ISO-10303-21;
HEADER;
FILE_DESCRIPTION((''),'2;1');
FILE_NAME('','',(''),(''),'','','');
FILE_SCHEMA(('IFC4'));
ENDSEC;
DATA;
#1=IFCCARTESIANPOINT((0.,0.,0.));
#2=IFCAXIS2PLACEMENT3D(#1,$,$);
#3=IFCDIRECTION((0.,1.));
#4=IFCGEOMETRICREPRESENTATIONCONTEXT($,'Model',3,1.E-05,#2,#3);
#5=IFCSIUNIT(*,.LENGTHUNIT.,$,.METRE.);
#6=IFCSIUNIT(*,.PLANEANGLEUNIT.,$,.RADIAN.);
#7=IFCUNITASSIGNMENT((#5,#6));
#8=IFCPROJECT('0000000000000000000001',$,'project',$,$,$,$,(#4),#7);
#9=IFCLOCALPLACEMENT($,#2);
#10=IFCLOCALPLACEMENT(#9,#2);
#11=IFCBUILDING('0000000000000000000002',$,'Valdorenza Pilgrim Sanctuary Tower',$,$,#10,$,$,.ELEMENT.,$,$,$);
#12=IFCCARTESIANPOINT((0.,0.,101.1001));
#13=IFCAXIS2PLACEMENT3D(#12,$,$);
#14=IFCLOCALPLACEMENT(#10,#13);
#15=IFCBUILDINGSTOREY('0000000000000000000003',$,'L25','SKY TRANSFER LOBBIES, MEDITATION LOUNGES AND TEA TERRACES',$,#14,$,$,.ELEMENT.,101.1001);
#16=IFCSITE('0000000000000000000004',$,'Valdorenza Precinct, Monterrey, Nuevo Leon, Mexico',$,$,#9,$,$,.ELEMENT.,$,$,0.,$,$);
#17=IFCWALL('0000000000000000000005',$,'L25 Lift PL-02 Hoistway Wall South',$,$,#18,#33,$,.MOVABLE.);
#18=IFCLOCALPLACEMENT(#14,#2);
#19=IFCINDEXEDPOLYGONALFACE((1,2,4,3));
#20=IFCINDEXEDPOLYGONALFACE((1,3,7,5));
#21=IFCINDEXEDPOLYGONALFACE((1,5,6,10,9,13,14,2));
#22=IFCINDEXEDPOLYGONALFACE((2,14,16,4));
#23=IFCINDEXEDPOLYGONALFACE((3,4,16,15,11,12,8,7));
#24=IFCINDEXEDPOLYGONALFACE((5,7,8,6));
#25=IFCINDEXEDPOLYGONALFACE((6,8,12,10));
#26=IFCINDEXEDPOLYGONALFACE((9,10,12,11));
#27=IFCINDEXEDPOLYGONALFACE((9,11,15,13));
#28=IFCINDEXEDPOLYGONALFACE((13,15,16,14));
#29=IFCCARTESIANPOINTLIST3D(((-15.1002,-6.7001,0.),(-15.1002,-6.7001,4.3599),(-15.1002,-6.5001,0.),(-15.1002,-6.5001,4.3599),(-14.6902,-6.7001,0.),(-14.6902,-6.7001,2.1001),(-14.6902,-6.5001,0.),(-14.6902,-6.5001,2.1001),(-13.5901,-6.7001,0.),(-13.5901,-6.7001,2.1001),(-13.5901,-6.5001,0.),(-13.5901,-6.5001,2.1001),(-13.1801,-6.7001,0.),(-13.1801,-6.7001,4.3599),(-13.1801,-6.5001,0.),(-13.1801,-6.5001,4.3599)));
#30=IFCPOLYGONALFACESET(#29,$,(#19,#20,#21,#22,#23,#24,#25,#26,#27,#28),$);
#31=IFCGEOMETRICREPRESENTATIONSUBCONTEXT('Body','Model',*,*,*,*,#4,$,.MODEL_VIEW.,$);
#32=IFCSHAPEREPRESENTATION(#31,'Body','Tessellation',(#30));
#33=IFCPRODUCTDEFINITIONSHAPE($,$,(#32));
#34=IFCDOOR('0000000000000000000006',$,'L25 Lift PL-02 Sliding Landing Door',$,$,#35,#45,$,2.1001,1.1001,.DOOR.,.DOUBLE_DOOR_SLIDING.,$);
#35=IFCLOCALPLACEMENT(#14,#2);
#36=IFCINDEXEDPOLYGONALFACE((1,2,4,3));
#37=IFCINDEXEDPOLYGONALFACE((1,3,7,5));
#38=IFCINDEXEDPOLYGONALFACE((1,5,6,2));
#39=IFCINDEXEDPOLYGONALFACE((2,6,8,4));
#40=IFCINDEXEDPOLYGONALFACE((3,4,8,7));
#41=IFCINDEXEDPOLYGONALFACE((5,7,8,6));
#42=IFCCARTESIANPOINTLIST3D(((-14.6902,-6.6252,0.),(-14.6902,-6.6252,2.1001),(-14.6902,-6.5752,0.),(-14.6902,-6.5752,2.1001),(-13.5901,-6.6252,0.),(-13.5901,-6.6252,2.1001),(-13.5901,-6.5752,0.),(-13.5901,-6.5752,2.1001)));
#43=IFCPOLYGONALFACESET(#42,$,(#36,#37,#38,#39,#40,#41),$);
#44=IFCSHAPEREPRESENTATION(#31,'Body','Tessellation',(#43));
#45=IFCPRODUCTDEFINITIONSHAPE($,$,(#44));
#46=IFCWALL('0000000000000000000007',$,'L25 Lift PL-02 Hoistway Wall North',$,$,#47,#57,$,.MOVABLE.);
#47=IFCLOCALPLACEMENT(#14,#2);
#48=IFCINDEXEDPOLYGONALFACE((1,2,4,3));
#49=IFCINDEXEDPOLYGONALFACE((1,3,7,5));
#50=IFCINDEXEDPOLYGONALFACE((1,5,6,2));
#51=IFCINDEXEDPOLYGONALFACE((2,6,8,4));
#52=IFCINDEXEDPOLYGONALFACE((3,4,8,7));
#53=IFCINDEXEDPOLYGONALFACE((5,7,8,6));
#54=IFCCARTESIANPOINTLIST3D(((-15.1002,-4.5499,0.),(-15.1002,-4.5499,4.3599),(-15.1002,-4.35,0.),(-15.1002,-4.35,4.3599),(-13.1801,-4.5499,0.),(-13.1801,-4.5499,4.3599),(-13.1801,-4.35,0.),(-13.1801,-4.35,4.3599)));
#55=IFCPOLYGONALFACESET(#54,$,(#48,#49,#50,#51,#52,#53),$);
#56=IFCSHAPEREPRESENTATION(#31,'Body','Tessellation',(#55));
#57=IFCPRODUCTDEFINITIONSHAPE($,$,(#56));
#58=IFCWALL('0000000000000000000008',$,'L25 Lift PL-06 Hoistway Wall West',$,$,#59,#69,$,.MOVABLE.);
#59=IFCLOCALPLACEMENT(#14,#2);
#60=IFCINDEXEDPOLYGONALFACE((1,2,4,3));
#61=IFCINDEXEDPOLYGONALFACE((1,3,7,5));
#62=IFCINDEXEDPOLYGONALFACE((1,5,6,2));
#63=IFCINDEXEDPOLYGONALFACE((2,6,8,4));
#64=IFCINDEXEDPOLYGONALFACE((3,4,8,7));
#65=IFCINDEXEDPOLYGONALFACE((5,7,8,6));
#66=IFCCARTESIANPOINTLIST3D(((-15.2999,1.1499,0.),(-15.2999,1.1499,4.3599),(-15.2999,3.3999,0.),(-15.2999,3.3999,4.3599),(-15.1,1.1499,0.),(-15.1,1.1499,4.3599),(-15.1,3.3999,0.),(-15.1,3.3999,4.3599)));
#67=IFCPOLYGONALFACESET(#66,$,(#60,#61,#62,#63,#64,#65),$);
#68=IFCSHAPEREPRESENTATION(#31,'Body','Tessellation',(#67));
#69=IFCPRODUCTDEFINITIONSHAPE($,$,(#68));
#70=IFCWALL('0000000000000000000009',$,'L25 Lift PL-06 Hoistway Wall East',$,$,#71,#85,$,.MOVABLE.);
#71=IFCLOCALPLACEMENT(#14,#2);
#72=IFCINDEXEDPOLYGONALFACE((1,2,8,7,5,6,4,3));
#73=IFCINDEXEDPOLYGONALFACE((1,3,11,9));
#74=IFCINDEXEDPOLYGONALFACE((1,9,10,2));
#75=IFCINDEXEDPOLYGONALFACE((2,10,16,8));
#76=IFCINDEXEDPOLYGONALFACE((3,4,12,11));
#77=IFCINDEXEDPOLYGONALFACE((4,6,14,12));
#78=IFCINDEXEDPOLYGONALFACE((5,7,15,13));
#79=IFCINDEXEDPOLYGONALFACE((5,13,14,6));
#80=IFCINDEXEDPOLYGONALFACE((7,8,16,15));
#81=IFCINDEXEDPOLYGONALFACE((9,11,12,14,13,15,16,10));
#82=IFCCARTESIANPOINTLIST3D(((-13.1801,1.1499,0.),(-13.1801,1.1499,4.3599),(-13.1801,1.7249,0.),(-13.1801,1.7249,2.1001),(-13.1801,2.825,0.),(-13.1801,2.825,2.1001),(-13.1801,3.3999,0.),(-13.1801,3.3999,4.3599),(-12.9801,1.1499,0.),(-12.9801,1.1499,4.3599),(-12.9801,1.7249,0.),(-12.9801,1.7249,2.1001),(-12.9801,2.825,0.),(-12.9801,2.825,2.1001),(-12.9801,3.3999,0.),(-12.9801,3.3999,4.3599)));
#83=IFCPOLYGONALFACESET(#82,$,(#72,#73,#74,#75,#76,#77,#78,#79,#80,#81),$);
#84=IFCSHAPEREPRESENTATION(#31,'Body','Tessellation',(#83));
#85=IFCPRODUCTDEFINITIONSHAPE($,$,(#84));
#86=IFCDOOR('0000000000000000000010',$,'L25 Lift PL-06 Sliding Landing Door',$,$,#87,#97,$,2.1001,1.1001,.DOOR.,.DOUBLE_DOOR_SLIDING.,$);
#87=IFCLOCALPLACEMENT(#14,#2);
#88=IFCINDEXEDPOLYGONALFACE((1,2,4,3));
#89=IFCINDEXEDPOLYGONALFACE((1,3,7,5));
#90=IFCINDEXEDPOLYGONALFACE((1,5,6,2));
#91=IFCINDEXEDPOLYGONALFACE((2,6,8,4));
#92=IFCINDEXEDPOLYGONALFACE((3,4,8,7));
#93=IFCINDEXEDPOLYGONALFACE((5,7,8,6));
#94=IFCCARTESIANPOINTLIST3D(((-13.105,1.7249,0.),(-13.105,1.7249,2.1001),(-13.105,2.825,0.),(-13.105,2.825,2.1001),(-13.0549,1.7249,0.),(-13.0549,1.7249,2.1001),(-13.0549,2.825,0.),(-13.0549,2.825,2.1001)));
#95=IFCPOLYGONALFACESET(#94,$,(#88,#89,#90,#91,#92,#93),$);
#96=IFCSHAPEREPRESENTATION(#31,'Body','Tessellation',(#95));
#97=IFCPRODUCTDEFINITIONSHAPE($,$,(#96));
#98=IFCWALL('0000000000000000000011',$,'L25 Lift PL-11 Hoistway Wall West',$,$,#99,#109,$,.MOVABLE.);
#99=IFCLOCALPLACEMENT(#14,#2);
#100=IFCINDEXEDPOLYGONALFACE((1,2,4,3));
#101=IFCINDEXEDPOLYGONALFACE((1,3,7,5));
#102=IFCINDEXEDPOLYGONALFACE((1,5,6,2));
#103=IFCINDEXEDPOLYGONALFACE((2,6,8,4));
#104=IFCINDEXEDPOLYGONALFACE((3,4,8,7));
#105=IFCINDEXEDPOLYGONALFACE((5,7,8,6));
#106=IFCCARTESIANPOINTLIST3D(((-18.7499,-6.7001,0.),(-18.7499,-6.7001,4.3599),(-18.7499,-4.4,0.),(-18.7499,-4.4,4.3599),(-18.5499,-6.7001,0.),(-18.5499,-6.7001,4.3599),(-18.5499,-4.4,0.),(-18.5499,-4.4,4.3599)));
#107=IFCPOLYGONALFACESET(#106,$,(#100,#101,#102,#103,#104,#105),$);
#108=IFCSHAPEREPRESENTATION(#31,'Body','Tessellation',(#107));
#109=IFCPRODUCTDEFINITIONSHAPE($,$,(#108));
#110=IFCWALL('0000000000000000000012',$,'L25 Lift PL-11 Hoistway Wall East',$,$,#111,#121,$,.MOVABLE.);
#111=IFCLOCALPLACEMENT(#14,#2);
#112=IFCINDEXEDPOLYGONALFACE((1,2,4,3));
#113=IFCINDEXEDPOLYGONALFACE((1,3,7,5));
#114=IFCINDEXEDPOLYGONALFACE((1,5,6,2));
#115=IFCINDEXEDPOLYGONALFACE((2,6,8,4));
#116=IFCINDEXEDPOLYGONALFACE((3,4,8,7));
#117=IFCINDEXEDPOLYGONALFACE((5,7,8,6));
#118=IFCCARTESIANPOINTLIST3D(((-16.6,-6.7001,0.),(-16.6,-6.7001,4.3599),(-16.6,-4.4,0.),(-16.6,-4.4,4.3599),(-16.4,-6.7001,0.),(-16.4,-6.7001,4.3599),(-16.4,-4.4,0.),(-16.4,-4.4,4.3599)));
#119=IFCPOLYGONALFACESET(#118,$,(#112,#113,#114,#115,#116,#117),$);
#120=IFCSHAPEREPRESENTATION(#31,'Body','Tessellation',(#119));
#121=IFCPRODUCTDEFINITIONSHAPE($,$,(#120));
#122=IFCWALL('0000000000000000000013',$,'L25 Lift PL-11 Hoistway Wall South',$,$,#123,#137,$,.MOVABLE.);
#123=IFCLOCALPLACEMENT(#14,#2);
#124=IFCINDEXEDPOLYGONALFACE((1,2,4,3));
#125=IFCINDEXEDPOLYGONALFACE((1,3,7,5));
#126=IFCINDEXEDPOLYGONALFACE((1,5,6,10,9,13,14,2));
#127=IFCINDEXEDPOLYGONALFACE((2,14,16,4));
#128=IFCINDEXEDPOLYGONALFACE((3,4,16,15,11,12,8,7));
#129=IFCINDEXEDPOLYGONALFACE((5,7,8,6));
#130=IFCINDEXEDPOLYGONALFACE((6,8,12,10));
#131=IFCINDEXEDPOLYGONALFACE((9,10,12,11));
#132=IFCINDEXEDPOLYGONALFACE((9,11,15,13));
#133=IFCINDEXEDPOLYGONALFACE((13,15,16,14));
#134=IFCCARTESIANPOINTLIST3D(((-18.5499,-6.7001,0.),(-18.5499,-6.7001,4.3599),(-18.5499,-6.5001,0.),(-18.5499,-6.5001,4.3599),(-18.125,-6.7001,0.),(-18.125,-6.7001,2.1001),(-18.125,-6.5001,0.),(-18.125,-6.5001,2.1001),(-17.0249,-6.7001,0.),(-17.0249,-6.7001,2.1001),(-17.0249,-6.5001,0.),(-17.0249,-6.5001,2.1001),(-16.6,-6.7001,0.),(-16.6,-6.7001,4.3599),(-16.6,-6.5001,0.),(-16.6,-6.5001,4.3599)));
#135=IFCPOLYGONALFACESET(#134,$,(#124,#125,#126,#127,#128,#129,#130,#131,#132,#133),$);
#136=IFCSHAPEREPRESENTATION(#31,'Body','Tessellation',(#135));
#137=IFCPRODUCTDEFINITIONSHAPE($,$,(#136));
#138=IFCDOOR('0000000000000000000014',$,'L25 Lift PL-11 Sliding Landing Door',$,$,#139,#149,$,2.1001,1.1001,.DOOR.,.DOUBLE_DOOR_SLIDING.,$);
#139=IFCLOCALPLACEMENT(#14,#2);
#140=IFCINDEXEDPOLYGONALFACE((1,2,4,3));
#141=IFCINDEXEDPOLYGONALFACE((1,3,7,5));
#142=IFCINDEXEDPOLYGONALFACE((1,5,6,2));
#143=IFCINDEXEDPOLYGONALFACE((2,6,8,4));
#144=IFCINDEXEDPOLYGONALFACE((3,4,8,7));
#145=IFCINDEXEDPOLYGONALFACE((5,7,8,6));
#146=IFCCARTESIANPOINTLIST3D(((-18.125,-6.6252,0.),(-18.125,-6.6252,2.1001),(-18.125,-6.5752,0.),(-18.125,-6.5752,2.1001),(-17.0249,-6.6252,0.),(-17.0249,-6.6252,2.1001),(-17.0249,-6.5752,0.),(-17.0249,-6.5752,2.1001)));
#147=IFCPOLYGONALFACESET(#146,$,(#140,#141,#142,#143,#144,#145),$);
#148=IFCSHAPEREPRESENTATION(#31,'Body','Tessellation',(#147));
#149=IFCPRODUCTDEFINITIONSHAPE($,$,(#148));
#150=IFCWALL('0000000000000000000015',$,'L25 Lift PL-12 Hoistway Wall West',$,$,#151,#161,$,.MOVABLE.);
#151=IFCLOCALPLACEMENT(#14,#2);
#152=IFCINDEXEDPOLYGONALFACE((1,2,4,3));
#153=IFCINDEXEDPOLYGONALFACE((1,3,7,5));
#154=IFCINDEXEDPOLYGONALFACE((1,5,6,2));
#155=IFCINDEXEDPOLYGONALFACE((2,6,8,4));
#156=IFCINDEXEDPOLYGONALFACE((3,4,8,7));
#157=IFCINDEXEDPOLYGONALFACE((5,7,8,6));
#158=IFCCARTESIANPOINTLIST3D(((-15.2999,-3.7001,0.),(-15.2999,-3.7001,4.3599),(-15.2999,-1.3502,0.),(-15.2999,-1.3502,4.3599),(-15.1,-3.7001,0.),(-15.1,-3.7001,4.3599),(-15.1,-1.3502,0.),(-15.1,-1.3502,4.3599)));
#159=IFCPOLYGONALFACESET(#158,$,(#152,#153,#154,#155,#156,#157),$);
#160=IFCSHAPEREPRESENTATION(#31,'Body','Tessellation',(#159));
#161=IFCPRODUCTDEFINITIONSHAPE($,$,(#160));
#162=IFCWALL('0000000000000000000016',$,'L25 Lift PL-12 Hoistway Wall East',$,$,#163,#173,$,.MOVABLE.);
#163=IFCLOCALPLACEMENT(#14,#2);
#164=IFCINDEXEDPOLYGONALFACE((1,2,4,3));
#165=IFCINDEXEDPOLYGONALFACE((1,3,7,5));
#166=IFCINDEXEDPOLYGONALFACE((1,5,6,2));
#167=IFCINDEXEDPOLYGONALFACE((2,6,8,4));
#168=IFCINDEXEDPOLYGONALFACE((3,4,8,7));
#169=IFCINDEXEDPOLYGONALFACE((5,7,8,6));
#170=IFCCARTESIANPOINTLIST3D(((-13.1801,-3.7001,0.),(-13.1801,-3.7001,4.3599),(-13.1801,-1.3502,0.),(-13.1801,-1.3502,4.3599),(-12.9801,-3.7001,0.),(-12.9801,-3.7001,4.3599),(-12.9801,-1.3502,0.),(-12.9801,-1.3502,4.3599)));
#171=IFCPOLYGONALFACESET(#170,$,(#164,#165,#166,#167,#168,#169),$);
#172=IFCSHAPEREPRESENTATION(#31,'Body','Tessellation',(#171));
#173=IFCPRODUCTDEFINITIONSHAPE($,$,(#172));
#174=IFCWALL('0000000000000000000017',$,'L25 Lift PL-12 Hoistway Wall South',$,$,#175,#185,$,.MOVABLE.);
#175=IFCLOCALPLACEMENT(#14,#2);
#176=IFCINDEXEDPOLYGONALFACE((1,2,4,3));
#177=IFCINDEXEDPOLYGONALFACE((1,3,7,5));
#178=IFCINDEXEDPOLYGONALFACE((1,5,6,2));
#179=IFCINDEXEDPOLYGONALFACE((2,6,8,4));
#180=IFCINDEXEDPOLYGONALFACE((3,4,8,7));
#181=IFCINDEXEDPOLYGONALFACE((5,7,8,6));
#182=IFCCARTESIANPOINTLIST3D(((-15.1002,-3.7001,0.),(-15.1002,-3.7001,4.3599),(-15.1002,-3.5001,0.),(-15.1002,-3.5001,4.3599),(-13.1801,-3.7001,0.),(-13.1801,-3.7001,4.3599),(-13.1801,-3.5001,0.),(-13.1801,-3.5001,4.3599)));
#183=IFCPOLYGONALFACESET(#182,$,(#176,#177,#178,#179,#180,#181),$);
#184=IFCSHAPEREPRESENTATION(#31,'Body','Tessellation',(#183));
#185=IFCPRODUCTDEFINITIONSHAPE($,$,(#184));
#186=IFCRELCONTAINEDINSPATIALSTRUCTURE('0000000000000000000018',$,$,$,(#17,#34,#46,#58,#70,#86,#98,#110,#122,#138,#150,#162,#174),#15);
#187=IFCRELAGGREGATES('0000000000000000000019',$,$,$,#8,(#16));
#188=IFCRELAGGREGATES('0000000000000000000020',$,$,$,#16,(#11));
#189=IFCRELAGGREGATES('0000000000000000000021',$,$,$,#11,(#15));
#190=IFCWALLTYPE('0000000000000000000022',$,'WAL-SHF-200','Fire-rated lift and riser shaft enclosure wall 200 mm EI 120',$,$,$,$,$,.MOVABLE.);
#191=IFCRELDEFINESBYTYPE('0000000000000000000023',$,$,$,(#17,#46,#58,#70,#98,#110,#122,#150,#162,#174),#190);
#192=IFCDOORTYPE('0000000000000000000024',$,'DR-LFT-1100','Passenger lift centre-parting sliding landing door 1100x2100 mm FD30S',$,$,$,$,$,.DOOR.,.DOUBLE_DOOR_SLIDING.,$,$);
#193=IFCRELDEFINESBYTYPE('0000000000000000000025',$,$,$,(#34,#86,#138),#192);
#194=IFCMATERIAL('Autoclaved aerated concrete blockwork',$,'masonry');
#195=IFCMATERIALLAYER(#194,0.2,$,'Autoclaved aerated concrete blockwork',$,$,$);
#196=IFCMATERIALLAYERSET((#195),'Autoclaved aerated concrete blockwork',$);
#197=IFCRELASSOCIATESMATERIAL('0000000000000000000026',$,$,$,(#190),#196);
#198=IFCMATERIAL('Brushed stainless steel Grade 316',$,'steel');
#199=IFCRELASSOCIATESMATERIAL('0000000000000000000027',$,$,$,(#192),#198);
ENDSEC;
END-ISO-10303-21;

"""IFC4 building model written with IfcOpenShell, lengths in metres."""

from ifc_helpers import new_model, si_unit, direction, frame, frame_2d, origin, place, context, subcontext, project, spatial, rectangle, extrude, material, layer, layer_set, type_object, element, fill, save


model = new_model("IFC4")

# Units and contexts
model_context = context("Model", 3, precision=1e-05, world=origin(), true_north=direction((0.0, 1.0)))
body_context = subcontext(model_context, "Body", "Model", "MODEL_VIEW")
ifc_project = project(units=[si_unit("LENGTHUNIT", "METRE"), si_unit("PLANEANGLEUNIT", "RADIAN")], contexts=[model_context])

# Site, building, storey
site_placement = place(None, origin())
site = spatial("IfcSite", under=ifc_project, at=site_placement, Name="Valdorenza Precinct, Monterrey, Nuevo Leon, Mexico", CompositionType="ELEMENT", RefElevation=0.0)
building_placement = place(site_placement, origin())
building = spatial("IfcBuilding", under=site, at=building_placement, Name="Valdorenza Pilgrim Sanctuary Tower", CompositionType="ELEMENT")
storey_placement = place(building_placement, frame((0.0, 0.0, 101.1001)))
storey = spatial("IfcBuildingStorey", under=building, at=storey_placement, Name="L25", Description="SKY TRANSFER LOBBIES, MEDITATION LOUNGES AND TEA TERRACES", CompositionType="ELEMENT", Elevation=101.1001)

# Shared definitions
ifc_material_1 = material(Name="Autoclaved aerated concrete blockwork", Category="masonry")
ifc_layer_1 = layer(ifc_material_1, 0.2, Name="Autoclaved aerated concrete blockwork")
ifc_layer_set_1 = layer_set([ifc_layer_1], Name="Autoclaved aerated concrete blockwork")
wall_type_1 = type_object("IfcWallType", Name="WAL-SHF-200", Description="Fire-rated lift and riser shaft enclosure wall 200 mm EI 120", PredefinedType="MOVABLE", material=ifc_layer_set_1)

# Shared definitions
ifc_material_2 = material(Name="Brushed stainless steel Grade 316", Category="steel")

# Wall, opening, door
wall_1_placement = place(storey_placement, frame((-15.1001, -6.6001, 0.0), z_axis=(0.0, 0.0, 1.0), x_axis=(1.0, 0.0, 0.0)))
wall_1 = element("IfcWall", 1, at=wall_1_placement, inside=storey, type_object=wall_type_1, Name="L25 Lift PL-02 Hoistway Wall South", PredefinedType="MOVABLE", context=body_context, shape_type="SweptSolid", body=[
    extrude(rectangle(XDim=1.9202, YDim=0.2, at=frame_2d((0.96, 0.0))), origin(), (0.0, 0.0, 1.0), 4.3599),
])
opening_1_placement = place(wall_1_placement, frame((0.4099, 0.0, 0.0)))
opening_1 = element("IfcOpeningElement", 2, at=opening_1_placement, cuts=wall_1, PredefinedType="OPENING", context=body_context, shape_type="SweptSolid", body=[
    extrude(rectangle(XDim=1.1001, YDim=2.1001, at=frame_2d((0.55, 1.05))), frame((0.0, 0.1147, 0.0), z_axis=(0.0, -1.0, 0.0), x_axis=(1.0, 0.0, 0.0)), (0.0, 0.0, 1.0), 0.2297),
])
door_type_1 = type_object("IfcDoorType", Name="DR-LFT-1100", Description="Passenger lift centre-parting sliding landing door 1100x2100 mm FD30S", OperationType="DOUBLE_DOOR_SLIDING", PredefinedType="DOOR", material=ifc_material_2)
door_1_placement = place(opening_1_placement, origin())
door_1 = element("IfcDoor", 3, at=door_1_placement, inside=storey, type_object=door_type_1, Name="L25 Lift PL-02 Sliding Landing Door", OperationType="DOUBLE_DOOR_SLIDING", OverallHeight=2.1001, OverallWidth=1.1001, PredefinedType="DOOR", context=body_context, shape_type="SweptSolid", body=[
    extrude(rectangle(XDim=1.1001, YDim=2.1001, at=frame_2d((0.55, 1.05))), frame((0.0, 0.0249, 0.0), z_axis=(0.0, -1.0, 0.0), x_axis=(1.0, 0.0, 0.0)), (0.0, 0.0, 1.0), 0.05),
])
fill(opening_1, door_1)

# Walls
wall_2_placement = place(storey_placement, frame((-15.1001, -4.45, 0.0), z_axis=(0.0, 0.0, 1.0), x_axis=(1.0, 0.0, 0.0)))
element("IfcWall", 4, at=wall_2_placement, inside=storey, type_object=wall_type_1, Name="L25 Lift PL-02 Hoistway Wall North", PredefinedType="MOVABLE", context=body_context, shape_type="SweptSolid", body=[
    extrude(rectangle(XDim=1.9202, YDim=0.2, at=frame_2d((0.96, 0.0))), origin(), (0.0, 0.0, 1.0), 4.3599),
])
wall_3_placement = place(storey_placement, frame((-15.2, 1.1499, 0.0), z_axis=(0.0, 0.0, 1.0), x_axis=(0.0, 1.0, 0.0)))
element("IfcWall", 5, at=wall_3_placement, inside=storey, type_object=wall_type_1, Name="L25 Lift PL-06 Hoistway Wall West", PredefinedType="MOVABLE", context=body_context, shape_type="SweptSolid", body=[
    extrude(rectangle(XDim=2.25, YDim=0.2, at=frame_2d((1.125, 0.0))), origin(), (0.0, 0.0, 1.0), 4.3599),
])

# Wall, opening, door
wall_4_placement = place(storey_placement, frame((-13.0801, 1.1499, 0.0), z_axis=(0.0, 0.0, 1.0), x_axis=(0.0, 1.0, 0.0)))
wall_4 = element("IfcWall", 6, at=wall_4_placement, inside=storey, type_object=wall_type_1, Name="L25 Lift PL-06 Hoistway Wall East", PredefinedType="MOVABLE", context=body_context, shape_type="SweptSolid", body=[
    extrude(rectangle(XDim=2.25, YDim=0.2, at=frame_2d((1.125, 0.0))), origin(), (0.0, 0.0, 1.0), 4.3599),
])
opening_2_placement = place(wall_4_placement, frame((0.575, 0.0, 0.0)))
opening_2 = element("IfcOpeningElement", 7, at=opening_2_placement, cuts=wall_4, PredefinedType="OPENING", context=body_context, shape_type="SweptSolid", body=[
    extrude(rectangle(XDim=1.1001, YDim=2.1001, at=frame_2d((0.55, 1.05))), frame((0.0, 0.1147, 0.0), z_axis=(0.0, -1.0, 0.0), x_axis=(1.0, 0.0, 0.0)), (0.0, 0.0, 1.0), 0.2297),
])
door_2_placement = place(opening_2_placement, origin())
door_2 = element("IfcDoor", 8, at=door_2_placement, inside=storey, type_object=door_type_1, Name="L25 Lift PL-06 Sliding Landing Door", OperationType="DOUBLE_DOOR_SLIDING", OverallHeight=2.1001, OverallWidth=1.1001, PredefinedType="DOOR", context=body_context, shape_type="SweptSolid", body=[
    extrude(rectangle(XDim=1.1001, YDim=2.1001, at=frame_2d((0.55, 1.05))), frame((0.0, 0.0249, 0.0), z_axis=(0.0, -1.0, 0.0), x_axis=(1.0, 0.0, 0.0)), (0.0, 0.0, 1.0), 0.05),
])
fill(opening_2, door_2)

# Walls
for number, where, z_axis, x_axis, name in (
    (9, (-18.6499, -6.7, 0.0), (0.0, 0.0, 1.0), (0.0, 1.0, 0.0), "L25 Lift PL-11 Hoistway Wall West"),
    (10, (-16.5, -6.7, 0.0), (0.0, 0.0, 1.0), (0.0, 1.0, 0.0), "L25 Lift PL-11 Hoistway Wall East"),
):
    element("IfcWall", number, at=place(storey_placement, frame(where, z_axis=z_axis, x_axis=x_axis)), inside=storey, type_object=wall_type_1, Name=name, PredefinedType="MOVABLE", context=body_context, shape_type="SweptSolid", body=[
        extrude(rectangle(XDim=2.3, YDim=0.2, at=frame_2d((1.1499, 0.0))), origin(), (0.0, 0.0, 1.0), 4.3599),
    ])

# Wall, opening, door
wall_5_placement = place(storey_placement, frame((-18.55, -6.6001, 0.0), z_axis=(0.0, 0.0, 1.0), x_axis=(1.0, 0.0, 0.0)))
wall_5 = element("IfcWall", 11, at=wall_5_placement, inside=storey, type_object=wall_type_1, Name="L25 Lift PL-11 Hoistway Wall South", PredefinedType="MOVABLE", context=body_context, shape_type="SweptSolid", body=[
    extrude(rectangle(XDim=1.95, YDim=0.2, at=frame_2d((0.9751, 0.0))), origin(), (0.0, 0.0, 1.0), 4.3599),
])
opening_3_placement = place(wall_5_placement, frame((0.425, 0.0, 0.0)))
opening_3 = element("IfcOpeningElement", 12, at=opening_3_placement, cuts=wall_5, PredefinedType="OPENING", context=body_context, shape_type="SweptSolid", body=[
    extrude(rectangle(XDim=1.1001, YDim=2.1001, at=frame_2d((0.55, 1.05))), frame((0.0, 0.1147, 0.0), z_axis=(0.0, -1.0, 0.0), x_axis=(1.0, 0.0, 0.0)), (0.0, 0.0, 1.0), 0.2297),
])
door_3_placement = place(opening_3_placement, origin())
door_3 = element("IfcDoor", 13, at=door_3_placement, inside=storey, type_object=door_type_1, Name="L25 Lift PL-11 Sliding Landing Door", OperationType="DOUBLE_DOOR_SLIDING", OverallHeight=2.1001, OverallWidth=1.1001, PredefinedType="DOOR", context=body_context, shape_type="SweptSolid", body=[
    extrude(rectangle(XDim=1.1001, YDim=2.1001, at=frame_2d((0.55, 1.05))), frame((0.0, 0.0249, 0.0), z_axis=(0.0, -1.0, 0.0), x_axis=(1.0, 0.0, 0.0)), (0.0, 0.0, 1.0), 0.05),
])
fill(opening_3, door_3)

# Walls
for number, where, z_axis, x_axis, name in (
    (14, (-15.2, -3.7, 0.0), (0.0, 0.0, 1.0), (0.0, 1.0, 0.0), "L25 Lift PL-12 Hoistway Wall West"),
    (15, (-13.0801, -3.7, 0.0), (0.0, 0.0, 1.0), (0.0, 1.0, 0.0), "L25 Lift PL-12 Hoistway Wall East"),
):
    element("IfcWall", number, at=place(storey_placement, frame(where, z_axis=z_axis, x_axis=x_axis)), inside=storey, type_object=wall_type_1, Name=name, PredefinedType="MOVABLE", context=body_context, shape_type="SweptSolid", body=[
        extrude(rectangle(XDim=2.3499, YDim=0.2, at=frame_2d((1.1748, 0.0))), origin(), (0.0, 0.0, 1.0), 4.3599),
    ])
wall_6_placement = place(storey_placement, frame((-15.1001, -3.6001, 0.0), z_axis=(0.0, 0.0, 1.0), x_axis=(1.0, 0.0, 0.0)))
element("IfcWall", 16, at=wall_6_placement, inside=storey, type_object=wall_type_1, Name="L25 Lift PL-12 Hoistway Wall South", PredefinedType="MOVABLE", context=body_context, shape_type="SweptSolid", body=[
    extrude(rectangle(XDim=1.9202, YDim=0.2, at=frame_2d((0.96, 0.0))), origin(), (0.0, 0.0, 1.0), 4.3599),
])

save(model, "model.ifc")
